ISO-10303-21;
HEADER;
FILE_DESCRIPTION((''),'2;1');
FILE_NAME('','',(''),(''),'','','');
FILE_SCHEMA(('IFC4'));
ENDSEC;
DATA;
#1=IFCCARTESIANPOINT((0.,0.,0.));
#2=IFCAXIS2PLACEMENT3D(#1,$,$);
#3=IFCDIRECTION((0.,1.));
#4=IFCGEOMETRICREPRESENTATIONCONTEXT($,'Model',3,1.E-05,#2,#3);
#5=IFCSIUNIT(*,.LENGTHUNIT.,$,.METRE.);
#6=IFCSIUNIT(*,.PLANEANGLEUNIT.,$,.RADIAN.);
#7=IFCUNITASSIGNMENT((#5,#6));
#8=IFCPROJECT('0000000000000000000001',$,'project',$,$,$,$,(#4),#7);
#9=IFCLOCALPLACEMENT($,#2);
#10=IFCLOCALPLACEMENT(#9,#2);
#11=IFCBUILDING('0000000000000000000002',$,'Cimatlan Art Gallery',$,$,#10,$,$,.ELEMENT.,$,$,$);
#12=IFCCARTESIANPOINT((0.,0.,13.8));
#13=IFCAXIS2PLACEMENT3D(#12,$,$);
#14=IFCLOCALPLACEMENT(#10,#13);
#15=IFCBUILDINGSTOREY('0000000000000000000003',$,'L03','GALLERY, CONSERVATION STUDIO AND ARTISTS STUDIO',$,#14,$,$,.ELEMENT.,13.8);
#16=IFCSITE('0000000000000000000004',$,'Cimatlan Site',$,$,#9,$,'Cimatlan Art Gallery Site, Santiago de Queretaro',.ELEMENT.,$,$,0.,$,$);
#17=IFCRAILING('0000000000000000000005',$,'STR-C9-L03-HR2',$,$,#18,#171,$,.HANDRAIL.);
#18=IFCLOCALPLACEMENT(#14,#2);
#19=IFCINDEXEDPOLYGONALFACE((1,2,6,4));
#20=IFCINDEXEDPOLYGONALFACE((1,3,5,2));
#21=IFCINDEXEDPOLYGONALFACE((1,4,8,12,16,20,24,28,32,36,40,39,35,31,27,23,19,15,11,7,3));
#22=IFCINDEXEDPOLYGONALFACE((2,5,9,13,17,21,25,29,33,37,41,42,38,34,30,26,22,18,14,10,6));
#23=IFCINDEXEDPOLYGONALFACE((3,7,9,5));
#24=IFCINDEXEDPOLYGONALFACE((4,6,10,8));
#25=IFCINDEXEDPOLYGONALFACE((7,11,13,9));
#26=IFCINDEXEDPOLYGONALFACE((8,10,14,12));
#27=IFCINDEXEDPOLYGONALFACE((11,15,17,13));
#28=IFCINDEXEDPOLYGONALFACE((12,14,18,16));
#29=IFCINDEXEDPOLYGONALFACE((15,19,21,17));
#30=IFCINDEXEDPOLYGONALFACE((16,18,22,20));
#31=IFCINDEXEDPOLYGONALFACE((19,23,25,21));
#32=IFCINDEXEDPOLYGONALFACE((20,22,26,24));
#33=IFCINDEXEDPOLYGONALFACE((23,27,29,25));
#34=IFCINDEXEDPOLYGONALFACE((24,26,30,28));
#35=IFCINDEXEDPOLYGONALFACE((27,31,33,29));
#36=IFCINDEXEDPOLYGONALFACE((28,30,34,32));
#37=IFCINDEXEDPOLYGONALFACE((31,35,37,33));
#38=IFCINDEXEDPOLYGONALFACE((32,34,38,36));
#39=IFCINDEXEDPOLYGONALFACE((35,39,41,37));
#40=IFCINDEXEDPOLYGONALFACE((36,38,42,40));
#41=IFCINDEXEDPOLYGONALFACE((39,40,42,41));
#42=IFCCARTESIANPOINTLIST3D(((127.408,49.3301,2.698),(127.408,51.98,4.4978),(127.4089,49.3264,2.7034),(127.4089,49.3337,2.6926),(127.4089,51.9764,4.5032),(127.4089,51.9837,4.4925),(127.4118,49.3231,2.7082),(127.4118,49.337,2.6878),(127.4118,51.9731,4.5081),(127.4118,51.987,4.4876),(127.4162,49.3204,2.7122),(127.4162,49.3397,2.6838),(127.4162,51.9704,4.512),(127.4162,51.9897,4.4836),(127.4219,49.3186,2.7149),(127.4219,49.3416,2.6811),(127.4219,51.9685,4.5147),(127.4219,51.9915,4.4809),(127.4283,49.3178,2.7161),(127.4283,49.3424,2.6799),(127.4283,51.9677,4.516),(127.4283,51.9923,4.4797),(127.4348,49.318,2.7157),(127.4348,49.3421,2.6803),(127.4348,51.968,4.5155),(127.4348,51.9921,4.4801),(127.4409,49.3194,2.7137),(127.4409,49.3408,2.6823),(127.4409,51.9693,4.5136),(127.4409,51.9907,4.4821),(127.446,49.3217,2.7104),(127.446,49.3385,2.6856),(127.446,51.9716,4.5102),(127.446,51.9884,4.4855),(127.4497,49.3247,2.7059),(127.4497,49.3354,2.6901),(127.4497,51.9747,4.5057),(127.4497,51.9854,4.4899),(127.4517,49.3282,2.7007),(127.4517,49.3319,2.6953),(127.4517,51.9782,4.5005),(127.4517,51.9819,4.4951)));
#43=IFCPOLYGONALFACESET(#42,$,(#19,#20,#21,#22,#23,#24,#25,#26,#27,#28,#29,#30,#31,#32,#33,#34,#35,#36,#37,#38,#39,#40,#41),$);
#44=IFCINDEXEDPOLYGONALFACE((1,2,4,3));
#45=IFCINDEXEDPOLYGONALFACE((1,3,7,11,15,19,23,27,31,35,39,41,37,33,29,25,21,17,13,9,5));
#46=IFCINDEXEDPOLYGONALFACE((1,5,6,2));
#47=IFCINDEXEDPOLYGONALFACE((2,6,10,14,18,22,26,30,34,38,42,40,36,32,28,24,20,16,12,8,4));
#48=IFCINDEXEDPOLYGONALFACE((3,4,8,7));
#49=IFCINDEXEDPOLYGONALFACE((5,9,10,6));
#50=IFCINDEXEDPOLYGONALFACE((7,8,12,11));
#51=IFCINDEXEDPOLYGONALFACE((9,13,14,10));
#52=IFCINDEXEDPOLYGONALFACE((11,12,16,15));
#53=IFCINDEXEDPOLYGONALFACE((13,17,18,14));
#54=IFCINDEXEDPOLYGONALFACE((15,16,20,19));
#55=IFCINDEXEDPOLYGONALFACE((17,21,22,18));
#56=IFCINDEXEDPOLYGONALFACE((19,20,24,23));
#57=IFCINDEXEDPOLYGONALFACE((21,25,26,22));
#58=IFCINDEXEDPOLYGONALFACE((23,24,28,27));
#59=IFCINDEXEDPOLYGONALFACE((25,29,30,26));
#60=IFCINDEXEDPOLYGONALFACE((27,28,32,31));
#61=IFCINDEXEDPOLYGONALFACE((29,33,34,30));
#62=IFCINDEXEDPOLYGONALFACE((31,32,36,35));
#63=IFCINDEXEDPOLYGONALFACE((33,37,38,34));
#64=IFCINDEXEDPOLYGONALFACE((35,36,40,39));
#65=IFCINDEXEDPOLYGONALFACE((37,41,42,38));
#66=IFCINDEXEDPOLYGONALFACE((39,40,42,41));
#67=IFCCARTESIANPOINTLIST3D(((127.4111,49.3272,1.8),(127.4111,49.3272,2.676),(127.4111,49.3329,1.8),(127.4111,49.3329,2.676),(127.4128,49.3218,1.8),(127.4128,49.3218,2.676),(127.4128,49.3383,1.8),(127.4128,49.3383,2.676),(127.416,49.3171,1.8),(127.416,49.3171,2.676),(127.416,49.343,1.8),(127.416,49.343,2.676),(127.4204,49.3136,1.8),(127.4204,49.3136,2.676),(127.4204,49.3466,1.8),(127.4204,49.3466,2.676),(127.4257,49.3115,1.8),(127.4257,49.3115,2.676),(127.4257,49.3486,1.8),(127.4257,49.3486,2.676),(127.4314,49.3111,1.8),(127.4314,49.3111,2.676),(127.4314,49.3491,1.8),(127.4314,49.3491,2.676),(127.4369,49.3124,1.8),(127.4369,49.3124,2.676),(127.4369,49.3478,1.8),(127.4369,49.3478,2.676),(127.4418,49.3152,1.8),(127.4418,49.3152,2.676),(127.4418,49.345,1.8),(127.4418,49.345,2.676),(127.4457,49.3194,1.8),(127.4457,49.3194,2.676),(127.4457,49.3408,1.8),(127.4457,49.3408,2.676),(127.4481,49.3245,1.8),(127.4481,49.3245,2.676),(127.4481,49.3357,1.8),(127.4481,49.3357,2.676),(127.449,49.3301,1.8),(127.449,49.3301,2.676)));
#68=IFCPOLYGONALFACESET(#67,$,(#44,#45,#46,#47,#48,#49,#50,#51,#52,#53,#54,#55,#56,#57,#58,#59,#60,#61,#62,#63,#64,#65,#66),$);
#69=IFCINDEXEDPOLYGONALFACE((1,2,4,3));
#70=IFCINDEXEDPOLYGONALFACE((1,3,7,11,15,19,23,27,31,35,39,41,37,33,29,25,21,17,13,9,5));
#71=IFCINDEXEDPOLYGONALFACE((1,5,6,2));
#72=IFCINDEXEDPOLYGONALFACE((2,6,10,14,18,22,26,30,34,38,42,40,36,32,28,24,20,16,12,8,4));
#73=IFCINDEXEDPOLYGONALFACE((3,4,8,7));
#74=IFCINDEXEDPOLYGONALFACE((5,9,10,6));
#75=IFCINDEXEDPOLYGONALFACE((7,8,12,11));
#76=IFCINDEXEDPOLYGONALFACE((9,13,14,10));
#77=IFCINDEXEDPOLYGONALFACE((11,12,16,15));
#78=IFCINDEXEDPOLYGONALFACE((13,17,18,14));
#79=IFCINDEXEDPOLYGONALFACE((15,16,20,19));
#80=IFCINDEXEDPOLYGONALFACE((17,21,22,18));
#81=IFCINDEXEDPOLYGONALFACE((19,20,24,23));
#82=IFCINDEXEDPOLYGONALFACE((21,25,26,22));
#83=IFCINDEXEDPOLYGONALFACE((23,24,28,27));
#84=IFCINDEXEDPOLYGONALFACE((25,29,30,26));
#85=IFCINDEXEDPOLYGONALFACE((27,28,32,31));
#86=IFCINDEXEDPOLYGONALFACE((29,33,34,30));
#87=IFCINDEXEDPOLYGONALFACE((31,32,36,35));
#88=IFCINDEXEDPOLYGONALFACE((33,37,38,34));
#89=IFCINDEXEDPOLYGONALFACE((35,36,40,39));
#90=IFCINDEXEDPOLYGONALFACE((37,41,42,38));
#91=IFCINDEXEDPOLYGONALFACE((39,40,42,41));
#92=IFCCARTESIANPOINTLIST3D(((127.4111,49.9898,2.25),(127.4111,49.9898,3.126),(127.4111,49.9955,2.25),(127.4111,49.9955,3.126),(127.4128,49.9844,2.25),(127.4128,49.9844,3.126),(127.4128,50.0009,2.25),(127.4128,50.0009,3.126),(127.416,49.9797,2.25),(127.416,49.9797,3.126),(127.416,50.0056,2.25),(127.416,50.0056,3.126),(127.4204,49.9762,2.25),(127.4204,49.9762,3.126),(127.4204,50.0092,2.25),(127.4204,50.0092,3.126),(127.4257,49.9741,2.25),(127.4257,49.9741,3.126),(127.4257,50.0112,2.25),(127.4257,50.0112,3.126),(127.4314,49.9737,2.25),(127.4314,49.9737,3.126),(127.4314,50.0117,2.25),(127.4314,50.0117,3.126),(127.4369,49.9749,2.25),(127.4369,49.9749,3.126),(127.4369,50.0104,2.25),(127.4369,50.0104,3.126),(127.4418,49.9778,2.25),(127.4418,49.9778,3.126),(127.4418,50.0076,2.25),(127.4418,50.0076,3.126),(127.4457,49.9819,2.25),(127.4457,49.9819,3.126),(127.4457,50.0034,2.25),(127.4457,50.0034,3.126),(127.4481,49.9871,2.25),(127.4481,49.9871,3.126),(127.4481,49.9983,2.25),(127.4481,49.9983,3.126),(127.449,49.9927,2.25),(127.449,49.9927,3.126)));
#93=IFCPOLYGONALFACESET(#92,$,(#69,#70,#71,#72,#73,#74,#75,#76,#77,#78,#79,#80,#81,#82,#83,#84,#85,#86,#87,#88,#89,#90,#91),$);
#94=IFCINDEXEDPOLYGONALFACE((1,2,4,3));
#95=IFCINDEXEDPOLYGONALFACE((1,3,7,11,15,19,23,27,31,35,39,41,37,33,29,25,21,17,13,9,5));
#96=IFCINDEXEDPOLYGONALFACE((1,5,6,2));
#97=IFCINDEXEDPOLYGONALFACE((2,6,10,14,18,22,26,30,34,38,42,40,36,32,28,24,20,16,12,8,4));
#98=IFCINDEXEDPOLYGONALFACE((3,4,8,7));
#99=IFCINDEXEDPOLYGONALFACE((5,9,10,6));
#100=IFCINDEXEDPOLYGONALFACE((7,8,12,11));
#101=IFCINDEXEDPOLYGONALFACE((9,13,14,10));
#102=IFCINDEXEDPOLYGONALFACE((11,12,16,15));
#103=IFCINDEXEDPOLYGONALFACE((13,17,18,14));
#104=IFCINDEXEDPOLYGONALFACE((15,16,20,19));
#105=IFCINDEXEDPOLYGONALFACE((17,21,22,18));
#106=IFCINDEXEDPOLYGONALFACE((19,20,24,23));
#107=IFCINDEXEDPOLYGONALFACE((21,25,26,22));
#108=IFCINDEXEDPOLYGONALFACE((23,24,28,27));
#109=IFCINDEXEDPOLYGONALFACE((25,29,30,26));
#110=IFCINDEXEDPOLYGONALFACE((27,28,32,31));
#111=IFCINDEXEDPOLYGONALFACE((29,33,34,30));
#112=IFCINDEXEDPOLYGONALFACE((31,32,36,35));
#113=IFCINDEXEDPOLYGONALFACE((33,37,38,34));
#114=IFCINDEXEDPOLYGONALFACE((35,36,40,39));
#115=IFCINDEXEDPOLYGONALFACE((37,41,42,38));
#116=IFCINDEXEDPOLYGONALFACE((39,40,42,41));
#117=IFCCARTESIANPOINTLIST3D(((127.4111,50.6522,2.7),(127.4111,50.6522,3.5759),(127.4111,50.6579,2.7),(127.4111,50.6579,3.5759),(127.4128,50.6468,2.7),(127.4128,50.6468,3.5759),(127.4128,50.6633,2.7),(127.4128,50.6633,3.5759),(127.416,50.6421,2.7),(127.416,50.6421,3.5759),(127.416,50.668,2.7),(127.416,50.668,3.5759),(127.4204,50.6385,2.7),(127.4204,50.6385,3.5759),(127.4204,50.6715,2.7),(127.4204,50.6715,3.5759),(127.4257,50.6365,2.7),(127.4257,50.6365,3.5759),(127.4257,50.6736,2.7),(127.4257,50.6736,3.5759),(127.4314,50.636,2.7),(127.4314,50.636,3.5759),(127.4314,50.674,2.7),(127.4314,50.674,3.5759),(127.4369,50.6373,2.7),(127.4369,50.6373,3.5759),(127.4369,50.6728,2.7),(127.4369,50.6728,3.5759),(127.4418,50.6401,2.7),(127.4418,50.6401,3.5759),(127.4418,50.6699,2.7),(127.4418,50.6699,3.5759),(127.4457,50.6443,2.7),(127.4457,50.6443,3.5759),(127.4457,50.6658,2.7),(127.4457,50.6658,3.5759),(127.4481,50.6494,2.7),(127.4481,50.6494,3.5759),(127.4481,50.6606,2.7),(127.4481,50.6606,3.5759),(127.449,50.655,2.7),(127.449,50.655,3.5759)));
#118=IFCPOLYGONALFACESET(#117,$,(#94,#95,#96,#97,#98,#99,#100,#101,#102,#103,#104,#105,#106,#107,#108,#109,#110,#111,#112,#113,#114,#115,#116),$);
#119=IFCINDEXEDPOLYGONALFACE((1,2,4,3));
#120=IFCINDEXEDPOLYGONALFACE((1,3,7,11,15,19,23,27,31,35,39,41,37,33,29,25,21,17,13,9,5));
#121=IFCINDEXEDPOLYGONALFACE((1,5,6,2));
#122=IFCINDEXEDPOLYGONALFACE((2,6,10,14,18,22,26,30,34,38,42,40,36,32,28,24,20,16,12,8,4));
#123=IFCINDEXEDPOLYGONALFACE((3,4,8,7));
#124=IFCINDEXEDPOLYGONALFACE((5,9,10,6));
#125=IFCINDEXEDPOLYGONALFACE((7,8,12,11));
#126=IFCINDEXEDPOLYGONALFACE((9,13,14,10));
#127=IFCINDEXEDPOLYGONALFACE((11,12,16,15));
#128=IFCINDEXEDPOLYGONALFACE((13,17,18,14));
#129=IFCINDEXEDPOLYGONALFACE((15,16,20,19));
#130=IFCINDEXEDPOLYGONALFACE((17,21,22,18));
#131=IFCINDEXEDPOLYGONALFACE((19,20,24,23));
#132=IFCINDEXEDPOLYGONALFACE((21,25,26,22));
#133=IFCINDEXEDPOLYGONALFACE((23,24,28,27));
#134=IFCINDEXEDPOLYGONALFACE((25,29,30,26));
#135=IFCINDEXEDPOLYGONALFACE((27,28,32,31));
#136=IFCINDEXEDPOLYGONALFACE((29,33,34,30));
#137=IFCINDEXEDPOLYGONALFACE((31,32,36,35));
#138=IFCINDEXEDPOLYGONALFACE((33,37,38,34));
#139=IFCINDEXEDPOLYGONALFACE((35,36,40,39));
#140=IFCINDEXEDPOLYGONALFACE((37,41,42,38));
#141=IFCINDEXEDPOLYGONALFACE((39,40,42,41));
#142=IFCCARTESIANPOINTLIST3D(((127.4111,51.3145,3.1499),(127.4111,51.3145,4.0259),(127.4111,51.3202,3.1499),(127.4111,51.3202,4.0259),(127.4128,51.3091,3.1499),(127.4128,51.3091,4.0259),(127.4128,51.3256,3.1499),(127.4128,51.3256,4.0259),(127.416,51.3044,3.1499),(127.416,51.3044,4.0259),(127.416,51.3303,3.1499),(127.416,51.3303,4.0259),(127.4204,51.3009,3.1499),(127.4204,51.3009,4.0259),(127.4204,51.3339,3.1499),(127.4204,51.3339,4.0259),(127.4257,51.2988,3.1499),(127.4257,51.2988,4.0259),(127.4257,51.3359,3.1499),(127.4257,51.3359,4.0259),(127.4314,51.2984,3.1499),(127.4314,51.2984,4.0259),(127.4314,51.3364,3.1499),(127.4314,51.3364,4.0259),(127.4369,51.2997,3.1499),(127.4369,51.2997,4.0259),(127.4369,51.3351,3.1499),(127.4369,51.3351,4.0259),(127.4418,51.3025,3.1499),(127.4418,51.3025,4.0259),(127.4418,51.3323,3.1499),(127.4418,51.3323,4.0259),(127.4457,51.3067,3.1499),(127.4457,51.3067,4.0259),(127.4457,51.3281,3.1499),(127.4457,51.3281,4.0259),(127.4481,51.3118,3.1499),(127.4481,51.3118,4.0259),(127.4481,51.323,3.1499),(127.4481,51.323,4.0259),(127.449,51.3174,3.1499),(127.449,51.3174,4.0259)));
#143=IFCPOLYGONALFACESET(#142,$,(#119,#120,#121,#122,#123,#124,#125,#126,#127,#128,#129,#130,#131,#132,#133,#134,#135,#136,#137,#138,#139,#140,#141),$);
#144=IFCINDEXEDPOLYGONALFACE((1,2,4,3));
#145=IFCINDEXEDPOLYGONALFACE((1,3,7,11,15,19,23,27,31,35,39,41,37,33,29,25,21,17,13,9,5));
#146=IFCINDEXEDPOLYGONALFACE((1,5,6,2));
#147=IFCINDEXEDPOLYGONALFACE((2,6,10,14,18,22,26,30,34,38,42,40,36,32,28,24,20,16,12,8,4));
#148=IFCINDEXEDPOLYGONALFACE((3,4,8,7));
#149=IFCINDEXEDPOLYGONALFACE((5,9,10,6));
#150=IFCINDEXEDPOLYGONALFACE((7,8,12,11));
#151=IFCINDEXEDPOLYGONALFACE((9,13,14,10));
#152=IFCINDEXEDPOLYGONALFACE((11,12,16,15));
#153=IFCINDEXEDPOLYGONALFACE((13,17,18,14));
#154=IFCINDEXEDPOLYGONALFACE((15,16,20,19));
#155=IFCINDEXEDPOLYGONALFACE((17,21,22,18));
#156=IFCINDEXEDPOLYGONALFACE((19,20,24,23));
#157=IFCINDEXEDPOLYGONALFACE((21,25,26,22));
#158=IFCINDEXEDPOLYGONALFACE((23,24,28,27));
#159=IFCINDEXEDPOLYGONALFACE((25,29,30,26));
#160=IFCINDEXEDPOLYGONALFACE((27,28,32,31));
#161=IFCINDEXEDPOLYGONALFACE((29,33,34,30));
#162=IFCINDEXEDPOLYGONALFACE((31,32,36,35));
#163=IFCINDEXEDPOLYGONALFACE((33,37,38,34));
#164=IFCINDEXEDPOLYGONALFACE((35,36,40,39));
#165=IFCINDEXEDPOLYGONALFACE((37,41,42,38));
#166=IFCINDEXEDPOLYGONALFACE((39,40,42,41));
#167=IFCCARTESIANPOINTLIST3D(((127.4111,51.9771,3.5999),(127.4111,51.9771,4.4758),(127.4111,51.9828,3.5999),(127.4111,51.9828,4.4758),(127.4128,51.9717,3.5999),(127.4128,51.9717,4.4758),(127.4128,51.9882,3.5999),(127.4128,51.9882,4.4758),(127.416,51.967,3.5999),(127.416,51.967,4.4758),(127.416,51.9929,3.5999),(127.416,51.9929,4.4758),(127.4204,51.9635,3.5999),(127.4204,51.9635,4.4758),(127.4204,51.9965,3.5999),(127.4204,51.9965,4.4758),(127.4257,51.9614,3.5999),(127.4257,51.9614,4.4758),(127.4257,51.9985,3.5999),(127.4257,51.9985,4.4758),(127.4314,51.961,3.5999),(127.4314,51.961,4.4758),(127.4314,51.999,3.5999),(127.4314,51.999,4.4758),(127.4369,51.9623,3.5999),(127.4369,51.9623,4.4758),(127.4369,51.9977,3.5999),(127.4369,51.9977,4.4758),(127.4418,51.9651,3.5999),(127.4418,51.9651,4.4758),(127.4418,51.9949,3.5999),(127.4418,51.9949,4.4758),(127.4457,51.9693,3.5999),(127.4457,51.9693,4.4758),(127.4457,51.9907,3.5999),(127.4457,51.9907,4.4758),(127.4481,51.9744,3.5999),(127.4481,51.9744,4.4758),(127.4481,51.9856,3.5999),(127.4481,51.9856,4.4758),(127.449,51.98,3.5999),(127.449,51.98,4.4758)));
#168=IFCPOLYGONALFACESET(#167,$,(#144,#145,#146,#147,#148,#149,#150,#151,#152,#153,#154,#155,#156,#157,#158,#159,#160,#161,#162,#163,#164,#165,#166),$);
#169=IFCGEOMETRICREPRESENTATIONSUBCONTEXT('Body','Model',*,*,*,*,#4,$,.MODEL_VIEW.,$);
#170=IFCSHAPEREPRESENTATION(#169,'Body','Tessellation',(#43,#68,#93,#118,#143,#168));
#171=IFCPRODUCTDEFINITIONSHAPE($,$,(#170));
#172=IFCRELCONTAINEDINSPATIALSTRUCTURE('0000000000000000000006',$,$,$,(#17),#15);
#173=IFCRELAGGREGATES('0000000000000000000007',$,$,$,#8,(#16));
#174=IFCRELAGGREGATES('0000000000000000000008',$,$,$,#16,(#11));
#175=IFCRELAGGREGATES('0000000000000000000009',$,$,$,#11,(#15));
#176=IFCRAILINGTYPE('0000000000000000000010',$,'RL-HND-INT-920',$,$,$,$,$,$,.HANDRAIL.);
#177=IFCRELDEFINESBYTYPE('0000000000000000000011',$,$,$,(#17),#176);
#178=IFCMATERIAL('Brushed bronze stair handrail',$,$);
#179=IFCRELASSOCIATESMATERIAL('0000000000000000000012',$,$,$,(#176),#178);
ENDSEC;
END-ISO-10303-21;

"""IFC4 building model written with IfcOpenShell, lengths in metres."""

from ifc_helpers import new_model, si_unit, direction, frame, origin, origin_2d, place, context, subcontext, project, spatial, circle, extrude, material, type_object, element, save


model = new_model("IFC4")

# Units and contexts
model_context = context("Model", 3, precision=1e-05, world=origin(), true_north=direction((0.0, 1.0)))
body_context = subcontext(model_context, "Body", "Model", "MODEL_VIEW")
ifc_project = project(units=[si_unit("LENGTHUNIT", "METRE"), si_unit("PLANEANGLEUNIT", "RADIAN")], contexts=[model_context])

# Site, building, storey
site_placement = place(None, origin())
site = spatial("IfcSite", under=ifc_project, at=site_placement, Name="Cimatlan Site", LongName="Cimatlan Art Gallery Site, Santiago de Queretaro", CompositionType="ELEMENT", RefElevation=0.0)
building_placement = place(site_placement, origin())
building = spatial("IfcBuilding", under=site, at=building_placement, Name="Cimatlan Art Gallery", CompositionType="ELEMENT")
storey_placement = place(building_placement, frame((0.0, 0.0, 13.8)))
storey = spatial("IfcBuildingStorey", under=building, at=storey_placement, Name="L03", Description="GALLERY, CONSERVATION STUDIO AND ARTISTS STUDIO", CompositionType="ELEMENT", Elevation=13.8)

# Railing
ifc_material_1 = material(Name="Brushed bronze stair handrail")
railing_type_1 = type_object("IfcRailingType", Name="RL-HND-INT-920", PredefinedType="HANDRAIL", material=ifc_material_1)
railing_1_placement = place(storey_placement, frame((127.4299, 49.3301, 1.8)))
element("IfcRailing", 1, at=railing_1_placement, inside=storey, type_object=railing_type_1, Name="STR-C9-L03-HR2", PredefinedType="HANDRAIL", context=body_context, shape_type="SweptSolid", body=[
    extrude(circle(Radius=0.022, at=origin_2d()), frame((0.0, 0.0, 0.8979), z_axis=(0.0, 0.827235, 0.561855), x_axis=(-1.0, 0.0, 0.0)), (0.0, 0.0, 1.0), 3.2034),
    extrude(circle(Radius=0.019, at=origin_2d()), origin(), (0.0, 0.0, 1.0), 0.876),
    extrude(circle(Radius=0.019, at=origin_2d()), frame((0.0, 0.6626, 0.45)), (0.0, 0.0, 1.0), 0.876),
    extrude(circle(Radius=0.019, at=origin_2d()), frame((0.0, 1.325, 0.8999)), (0.0, 0.0, 1.0), 0.876),
    extrude(circle(Radius=0.019, at=origin_2d()), frame((0.0, 1.9873, 1.3499)), (0.0, 0.0, 1.0), 0.876),
    extrude(circle(Radius=0.019, at=origin_2d()), frame((0.0, 2.6499, 1.7998)), (0.0, 0.0, 1.0), 0.876),
])

save(model, "model.ifc")
